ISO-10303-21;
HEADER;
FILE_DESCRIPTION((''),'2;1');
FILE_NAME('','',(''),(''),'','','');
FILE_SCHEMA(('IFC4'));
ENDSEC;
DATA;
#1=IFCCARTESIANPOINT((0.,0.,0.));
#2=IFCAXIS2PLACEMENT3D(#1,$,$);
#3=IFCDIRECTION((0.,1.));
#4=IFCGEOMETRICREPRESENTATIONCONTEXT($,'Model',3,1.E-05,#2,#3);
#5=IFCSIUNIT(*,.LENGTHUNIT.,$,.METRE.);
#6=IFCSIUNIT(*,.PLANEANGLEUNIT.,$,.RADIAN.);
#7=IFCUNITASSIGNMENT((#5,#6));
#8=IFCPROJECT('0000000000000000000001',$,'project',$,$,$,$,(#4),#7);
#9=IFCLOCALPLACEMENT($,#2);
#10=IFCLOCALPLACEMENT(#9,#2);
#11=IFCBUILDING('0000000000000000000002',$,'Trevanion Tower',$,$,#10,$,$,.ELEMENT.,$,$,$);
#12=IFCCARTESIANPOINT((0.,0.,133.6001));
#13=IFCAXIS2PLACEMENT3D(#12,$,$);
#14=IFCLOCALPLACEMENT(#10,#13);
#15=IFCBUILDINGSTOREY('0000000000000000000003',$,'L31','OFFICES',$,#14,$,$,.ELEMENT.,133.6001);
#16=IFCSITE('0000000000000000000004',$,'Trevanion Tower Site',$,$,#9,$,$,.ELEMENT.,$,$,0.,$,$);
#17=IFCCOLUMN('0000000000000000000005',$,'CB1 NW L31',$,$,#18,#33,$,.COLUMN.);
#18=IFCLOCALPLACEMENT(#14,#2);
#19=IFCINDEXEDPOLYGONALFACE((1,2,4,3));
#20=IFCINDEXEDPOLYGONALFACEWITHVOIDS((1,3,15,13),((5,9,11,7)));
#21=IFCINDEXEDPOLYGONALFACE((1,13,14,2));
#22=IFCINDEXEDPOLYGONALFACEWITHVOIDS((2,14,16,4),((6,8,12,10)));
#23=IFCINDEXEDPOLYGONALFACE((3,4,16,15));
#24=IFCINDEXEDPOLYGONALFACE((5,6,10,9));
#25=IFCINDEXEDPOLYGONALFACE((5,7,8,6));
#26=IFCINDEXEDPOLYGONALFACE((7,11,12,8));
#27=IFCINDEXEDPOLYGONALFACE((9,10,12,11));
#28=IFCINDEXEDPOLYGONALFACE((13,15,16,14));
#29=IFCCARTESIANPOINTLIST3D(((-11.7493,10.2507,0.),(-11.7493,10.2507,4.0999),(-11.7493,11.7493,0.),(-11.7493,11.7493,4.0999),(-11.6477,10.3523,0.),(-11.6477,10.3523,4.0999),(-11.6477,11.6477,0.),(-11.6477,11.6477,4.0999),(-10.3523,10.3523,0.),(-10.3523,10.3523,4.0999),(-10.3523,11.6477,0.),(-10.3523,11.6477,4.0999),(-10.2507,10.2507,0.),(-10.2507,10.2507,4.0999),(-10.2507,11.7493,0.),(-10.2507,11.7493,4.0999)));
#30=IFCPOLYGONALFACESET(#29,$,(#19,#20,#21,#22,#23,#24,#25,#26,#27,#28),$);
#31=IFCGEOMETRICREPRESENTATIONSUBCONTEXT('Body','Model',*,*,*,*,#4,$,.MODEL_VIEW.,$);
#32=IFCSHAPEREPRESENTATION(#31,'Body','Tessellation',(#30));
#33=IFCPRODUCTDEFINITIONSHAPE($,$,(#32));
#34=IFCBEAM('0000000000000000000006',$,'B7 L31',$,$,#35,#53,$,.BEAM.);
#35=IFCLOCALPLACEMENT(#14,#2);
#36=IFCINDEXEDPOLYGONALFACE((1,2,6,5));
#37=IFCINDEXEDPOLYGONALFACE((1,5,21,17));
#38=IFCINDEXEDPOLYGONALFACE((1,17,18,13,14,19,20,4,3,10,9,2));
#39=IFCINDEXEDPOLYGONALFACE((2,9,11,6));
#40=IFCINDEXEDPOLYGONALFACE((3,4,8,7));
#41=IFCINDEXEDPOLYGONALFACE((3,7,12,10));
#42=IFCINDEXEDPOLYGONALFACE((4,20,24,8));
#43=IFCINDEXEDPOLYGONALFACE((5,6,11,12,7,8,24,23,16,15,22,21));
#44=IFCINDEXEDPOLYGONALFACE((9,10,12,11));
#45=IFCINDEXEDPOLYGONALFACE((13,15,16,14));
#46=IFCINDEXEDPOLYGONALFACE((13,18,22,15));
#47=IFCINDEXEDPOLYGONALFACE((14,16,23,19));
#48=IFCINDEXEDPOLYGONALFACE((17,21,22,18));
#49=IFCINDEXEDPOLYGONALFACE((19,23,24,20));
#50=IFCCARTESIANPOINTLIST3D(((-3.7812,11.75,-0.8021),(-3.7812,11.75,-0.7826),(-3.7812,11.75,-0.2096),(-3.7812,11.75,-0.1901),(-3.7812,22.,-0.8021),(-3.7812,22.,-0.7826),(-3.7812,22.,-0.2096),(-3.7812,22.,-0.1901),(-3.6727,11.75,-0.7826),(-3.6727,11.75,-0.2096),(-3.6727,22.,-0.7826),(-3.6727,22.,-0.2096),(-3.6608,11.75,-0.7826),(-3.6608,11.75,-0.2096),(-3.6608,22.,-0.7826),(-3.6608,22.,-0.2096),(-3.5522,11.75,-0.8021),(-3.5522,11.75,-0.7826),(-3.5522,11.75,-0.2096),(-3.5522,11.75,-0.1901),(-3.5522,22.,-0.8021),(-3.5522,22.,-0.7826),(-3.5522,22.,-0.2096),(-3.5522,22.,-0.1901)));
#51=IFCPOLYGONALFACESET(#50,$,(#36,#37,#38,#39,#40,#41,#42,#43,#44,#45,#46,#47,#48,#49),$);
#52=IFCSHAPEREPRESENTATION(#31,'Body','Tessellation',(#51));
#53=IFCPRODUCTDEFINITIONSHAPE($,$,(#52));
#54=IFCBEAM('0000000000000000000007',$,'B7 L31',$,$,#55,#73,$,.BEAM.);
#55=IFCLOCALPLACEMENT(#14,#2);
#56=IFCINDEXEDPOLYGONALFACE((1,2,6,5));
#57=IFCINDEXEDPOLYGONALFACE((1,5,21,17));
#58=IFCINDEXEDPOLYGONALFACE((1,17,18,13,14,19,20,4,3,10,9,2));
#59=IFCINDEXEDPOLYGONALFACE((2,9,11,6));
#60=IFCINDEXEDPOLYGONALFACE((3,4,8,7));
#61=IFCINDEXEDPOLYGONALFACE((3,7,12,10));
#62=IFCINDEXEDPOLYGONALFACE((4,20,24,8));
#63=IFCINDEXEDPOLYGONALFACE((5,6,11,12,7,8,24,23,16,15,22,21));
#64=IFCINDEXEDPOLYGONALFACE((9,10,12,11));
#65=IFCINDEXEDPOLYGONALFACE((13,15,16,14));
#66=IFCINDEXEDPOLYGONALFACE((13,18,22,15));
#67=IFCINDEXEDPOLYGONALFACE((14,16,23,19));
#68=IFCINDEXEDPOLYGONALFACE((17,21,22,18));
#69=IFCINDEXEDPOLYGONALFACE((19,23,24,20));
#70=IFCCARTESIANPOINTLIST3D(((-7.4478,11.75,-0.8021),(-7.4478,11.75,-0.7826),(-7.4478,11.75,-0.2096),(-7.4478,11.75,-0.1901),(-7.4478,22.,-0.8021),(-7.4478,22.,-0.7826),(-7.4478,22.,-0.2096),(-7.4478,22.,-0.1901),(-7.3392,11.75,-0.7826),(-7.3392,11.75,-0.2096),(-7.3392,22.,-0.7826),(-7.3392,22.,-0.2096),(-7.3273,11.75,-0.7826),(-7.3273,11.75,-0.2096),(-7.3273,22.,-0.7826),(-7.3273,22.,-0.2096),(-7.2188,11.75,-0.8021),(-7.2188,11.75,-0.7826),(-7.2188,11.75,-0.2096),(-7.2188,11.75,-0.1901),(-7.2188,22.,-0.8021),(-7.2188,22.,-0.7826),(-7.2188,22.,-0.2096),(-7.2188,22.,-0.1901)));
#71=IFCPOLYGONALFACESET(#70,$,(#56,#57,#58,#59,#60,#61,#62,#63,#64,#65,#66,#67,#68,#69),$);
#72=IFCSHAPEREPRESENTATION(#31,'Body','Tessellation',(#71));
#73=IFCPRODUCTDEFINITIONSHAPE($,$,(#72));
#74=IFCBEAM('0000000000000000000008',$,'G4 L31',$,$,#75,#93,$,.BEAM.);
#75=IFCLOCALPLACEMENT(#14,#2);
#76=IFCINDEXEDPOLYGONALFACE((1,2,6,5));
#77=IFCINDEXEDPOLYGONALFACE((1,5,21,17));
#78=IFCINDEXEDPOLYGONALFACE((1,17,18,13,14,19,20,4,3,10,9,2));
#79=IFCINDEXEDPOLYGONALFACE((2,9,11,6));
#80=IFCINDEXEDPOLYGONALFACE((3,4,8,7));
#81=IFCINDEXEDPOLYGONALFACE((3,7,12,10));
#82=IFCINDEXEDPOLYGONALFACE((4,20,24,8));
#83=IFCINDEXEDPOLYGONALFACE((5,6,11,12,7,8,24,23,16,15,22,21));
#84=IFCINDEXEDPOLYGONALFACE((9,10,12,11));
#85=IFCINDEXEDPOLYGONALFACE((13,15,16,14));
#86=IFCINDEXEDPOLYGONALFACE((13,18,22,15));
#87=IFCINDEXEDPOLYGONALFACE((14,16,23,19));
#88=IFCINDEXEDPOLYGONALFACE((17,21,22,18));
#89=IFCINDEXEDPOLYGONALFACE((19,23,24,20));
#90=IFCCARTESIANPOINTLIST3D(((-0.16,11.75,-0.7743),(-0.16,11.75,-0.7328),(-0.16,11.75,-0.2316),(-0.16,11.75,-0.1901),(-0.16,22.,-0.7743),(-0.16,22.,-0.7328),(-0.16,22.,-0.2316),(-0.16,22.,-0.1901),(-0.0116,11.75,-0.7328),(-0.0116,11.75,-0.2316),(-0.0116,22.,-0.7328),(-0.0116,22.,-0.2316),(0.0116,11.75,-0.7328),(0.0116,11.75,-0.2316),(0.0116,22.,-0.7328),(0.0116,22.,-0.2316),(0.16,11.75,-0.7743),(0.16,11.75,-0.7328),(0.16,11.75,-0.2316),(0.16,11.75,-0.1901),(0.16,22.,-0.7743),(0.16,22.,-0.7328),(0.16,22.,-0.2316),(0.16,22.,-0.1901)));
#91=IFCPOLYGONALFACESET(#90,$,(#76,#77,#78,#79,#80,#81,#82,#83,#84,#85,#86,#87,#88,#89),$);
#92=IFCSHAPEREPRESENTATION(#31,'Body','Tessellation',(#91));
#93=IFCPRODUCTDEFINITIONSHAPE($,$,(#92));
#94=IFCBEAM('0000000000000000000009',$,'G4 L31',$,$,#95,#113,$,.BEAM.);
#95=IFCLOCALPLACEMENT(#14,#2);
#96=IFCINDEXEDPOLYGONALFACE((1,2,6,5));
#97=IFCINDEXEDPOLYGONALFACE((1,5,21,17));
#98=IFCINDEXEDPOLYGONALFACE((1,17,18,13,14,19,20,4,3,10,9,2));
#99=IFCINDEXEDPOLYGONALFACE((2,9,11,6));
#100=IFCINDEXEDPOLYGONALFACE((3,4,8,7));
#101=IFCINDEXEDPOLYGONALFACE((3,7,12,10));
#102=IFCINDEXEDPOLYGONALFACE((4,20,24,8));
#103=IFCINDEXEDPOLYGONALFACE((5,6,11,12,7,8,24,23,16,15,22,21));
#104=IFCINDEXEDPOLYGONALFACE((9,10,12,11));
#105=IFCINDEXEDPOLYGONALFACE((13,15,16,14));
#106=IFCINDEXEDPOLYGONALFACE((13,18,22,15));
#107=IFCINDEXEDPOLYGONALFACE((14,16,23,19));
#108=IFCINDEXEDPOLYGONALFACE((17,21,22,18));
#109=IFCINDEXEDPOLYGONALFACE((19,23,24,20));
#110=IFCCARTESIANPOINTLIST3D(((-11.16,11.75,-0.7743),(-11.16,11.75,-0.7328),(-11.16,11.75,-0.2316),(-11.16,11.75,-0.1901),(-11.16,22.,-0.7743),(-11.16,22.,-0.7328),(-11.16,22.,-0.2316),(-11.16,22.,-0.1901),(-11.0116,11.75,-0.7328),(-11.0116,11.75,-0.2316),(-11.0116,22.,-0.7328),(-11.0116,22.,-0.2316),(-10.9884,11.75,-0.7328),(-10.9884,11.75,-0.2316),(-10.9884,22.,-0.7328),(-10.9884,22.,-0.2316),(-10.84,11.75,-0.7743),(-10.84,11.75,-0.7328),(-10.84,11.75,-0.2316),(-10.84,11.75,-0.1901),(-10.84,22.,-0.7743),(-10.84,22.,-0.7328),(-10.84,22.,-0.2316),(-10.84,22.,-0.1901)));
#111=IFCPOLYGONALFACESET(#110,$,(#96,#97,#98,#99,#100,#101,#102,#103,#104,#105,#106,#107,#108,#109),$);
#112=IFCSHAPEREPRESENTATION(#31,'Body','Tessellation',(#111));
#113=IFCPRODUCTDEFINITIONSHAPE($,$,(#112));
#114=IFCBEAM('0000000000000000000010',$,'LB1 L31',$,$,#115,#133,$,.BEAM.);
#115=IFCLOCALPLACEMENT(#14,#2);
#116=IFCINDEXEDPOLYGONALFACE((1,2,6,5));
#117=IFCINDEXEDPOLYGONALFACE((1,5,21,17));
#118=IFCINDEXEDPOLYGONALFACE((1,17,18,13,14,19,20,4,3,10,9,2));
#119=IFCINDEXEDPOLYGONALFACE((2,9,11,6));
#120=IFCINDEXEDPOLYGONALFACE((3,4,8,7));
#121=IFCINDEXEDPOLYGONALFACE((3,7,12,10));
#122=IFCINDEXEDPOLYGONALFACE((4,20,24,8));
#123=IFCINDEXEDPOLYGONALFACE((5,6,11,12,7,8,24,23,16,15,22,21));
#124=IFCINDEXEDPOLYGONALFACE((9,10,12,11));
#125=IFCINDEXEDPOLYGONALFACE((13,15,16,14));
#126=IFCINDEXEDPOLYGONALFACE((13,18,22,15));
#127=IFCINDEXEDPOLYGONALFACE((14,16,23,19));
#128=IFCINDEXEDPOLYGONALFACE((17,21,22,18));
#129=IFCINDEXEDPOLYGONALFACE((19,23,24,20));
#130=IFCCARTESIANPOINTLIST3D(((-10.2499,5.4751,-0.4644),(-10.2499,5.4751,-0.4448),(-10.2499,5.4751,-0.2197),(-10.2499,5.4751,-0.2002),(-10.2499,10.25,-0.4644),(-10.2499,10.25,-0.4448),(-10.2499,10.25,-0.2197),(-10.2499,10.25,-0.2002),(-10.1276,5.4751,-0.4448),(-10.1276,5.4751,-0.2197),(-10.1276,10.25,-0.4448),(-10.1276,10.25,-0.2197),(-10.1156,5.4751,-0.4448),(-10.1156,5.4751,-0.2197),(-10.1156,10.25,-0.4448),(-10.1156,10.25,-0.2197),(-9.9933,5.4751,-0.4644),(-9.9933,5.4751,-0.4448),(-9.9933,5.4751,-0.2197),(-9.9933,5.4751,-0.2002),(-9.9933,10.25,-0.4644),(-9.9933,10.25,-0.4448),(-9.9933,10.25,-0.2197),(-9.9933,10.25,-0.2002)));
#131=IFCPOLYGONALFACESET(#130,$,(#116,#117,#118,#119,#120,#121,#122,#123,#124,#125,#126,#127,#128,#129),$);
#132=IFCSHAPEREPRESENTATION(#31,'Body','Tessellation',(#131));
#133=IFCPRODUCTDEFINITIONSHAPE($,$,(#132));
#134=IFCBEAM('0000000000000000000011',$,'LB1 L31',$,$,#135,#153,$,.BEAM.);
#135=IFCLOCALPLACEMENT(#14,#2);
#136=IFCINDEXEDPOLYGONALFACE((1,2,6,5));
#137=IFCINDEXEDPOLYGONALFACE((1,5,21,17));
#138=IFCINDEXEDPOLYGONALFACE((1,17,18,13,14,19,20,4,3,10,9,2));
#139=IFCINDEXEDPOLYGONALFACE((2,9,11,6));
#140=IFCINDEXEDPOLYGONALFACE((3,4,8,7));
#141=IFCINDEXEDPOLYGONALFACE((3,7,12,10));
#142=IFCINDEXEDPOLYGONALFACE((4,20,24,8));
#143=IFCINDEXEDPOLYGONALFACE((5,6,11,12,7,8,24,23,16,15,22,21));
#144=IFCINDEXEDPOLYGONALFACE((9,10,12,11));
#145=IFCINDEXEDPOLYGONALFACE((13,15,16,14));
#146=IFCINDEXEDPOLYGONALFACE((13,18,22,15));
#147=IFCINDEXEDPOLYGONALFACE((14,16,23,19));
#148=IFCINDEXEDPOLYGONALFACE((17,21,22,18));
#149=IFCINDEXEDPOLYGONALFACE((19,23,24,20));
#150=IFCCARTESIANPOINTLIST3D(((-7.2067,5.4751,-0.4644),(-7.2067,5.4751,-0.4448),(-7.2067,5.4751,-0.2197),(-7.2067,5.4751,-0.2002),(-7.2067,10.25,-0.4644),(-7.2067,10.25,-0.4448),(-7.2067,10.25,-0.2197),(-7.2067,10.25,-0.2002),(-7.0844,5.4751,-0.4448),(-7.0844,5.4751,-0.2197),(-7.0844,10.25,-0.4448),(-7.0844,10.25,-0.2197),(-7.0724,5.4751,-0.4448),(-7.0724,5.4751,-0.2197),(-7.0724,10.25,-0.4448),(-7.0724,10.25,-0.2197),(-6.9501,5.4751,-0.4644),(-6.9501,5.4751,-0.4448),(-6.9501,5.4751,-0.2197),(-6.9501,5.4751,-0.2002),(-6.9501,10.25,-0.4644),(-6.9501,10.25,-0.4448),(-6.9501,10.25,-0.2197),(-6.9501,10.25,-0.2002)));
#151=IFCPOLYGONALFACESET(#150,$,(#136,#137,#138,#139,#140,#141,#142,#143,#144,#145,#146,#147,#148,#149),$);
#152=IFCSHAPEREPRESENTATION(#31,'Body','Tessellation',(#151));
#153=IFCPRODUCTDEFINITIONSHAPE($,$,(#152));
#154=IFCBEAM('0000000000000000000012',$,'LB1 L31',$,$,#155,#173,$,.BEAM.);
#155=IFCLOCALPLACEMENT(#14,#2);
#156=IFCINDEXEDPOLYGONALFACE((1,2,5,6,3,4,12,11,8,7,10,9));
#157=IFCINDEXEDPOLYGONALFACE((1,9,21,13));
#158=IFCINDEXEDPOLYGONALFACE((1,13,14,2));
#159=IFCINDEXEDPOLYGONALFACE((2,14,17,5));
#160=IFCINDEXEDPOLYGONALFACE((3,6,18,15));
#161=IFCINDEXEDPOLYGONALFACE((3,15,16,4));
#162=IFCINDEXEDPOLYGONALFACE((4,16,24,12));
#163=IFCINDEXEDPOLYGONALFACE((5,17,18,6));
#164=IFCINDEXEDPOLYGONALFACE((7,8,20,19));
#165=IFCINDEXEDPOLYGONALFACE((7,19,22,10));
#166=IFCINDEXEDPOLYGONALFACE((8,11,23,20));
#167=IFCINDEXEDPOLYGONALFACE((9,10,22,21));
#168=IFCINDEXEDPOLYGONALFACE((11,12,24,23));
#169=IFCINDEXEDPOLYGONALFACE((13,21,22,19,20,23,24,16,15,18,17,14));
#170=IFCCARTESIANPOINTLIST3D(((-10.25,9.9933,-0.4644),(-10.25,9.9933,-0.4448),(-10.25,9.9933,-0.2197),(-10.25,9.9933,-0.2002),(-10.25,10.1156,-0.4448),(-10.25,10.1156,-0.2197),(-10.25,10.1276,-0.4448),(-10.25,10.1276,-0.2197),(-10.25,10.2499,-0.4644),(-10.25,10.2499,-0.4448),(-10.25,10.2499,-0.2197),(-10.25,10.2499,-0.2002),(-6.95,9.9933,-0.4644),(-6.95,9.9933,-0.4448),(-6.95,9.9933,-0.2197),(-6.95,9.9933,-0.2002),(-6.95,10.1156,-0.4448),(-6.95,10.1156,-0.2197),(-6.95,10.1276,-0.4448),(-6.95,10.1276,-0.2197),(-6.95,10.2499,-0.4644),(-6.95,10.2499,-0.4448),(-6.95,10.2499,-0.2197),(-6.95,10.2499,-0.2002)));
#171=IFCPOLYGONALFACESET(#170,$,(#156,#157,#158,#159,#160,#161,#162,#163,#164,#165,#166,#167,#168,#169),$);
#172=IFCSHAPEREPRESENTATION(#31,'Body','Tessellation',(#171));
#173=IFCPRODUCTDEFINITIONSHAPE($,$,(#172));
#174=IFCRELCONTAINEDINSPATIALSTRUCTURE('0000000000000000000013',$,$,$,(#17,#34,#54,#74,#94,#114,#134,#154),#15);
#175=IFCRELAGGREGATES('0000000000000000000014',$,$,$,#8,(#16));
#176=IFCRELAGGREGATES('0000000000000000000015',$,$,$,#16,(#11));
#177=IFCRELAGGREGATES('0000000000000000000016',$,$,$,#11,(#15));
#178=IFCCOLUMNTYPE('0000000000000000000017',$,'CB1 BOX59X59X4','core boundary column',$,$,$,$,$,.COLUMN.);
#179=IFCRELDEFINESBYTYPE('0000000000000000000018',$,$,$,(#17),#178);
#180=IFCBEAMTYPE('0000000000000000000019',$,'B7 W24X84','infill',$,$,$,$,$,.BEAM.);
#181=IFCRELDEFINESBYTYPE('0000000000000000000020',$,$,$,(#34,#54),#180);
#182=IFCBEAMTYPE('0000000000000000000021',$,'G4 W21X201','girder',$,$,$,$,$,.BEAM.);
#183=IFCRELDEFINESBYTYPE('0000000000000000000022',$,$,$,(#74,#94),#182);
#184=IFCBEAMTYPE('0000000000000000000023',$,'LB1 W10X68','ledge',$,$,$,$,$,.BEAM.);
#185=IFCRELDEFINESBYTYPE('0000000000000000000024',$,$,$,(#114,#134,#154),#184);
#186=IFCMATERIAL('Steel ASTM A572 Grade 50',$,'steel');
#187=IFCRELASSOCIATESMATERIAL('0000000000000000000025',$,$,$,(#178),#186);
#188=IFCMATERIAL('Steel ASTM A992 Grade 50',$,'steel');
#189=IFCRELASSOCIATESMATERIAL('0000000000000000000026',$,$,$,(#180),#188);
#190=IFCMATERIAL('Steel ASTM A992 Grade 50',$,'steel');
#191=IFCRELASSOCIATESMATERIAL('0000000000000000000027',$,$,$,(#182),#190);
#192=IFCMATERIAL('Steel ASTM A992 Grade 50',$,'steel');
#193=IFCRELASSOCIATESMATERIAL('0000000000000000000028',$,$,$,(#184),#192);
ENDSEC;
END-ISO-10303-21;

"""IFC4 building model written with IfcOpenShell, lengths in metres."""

from ifc_helpers import new_model, si_unit, direction, frame, origin, origin_2d, place, context, subcontext, project, spatial, hollow_rectangle, i_section, extrude, material, material_profile, profile_set, type_object, element, save


model = new_model("IFC4")

# Units and contexts
model_context = context("Model", 3, precision=1e-05, world=origin(), true_north=direction((0.0, 1.0)))
body_context = subcontext(model_context, "Body", "Model", "MODEL_VIEW")
ifc_project = project(units=[si_unit("LENGTHUNIT", "METRE"), si_unit("PLANEANGLEUNIT", "RADIAN")], contexts=[model_context])

# Site, building, storey
site_placement = place(None, origin())
site = spatial("IfcSite", under=ifc_project, at=site_placement, Name="Trevanion Tower Site", CompositionType="ELEMENT", RefElevation=0.0)
building_placement = place(site_placement, origin())
building = spatial("IfcBuilding", under=site, at=building_placement, Name="Trevanion Tower", CompositionType="ELEMENT")
storey_placement = place(building_placement, frame((0.0, 0.0, 133.6001)))
storey = spatial("IfcBuildingStorey", under=building, at=storey_placement, Name="L31", Description="OFFICES", CompositionType="ELEMENT", Elevation=133.6001)

# Column
ifc_material_1 = material(Name="Steel ASTM A572 Grade 50", Category="steel")
ifc_material_profile_1 = material_profile(ifc_material_1, hollow_rectangle(XDim=1.4985, YDim=1.4985, WallThickness=0.1016, at=origin_2d()), Name="BOX59X59X4")
ifc_profile_set_1 = profile_set([ifc_material_profile_1], Name="Steel ASTM A572 Grade 50")
column_type = type_object("IfcColumnType", Name="CB1 BOX59X59X4", Description="core boundary column", PredefinedType="COLUMN", material=ifc_profile_set_1)
column_placement = place(storey_placement, frame((-11.0, 11.0, 0.0), z_axis=(0.0, 0.0, 1.0), x_axis=(1.0, 0.0, 0.0)))
element("IfcColumn", 1, at=column_placement, inside=storey, type_object=column_type, Name="CB1 NW L31", PredefinedType="COLUMN", context=body_context, shape_type="SweptSolid", body=[
    extrude(hollow_rectangle(XDim=1.4985, YDim=1.4985, WallThickness=0.1016, at=origin_2d()), origin(), (0.0, 0.0, 1.0), 4.0999),
])

# Beams
ifc_material_2 = material(Name="Steel ASTM A992 Grade 50", Category="steel")
ifc_material_profile_2 = material_profile(ifc_material_2, i_section(OverallWidth=0.229, OverallDepth=0.6121, WebThickness=0.012, FlangeThickness=0.0195, at=origin_2d()), Name="W24X84")
ifc_profile_set_2 = profile_set([ifc_material_profile_2], Name="Steel ASTM A992 Grade 50")
beam_type_1 = type_object("IfcBeamType", Name="B7 W24X84", Description="infill", PredefinedType="BEAM", material=ifc_profile_set_2)
for number, where, z_axis, x_axis, name in (
    (2, (-3.6667, 11.75, -0.4961), (0.0, 1.0, 0.0), (-1.0, 0.0, 0.0), "B7 L31"),
    (3, (-7.3333, 11.75, -0.4961), (0.0, 1.0, 0.0), (-1.0, 0.0, 0.0), "B7 L31"),
):
    element("IfcBeam", number, at=place(storey_placement, frame(where, z_axis=z_axis, x_axis=x_axis)), inside=storey, type_object=beam_type_1, Name=name, PredefinedType="BEAM", context=body_context, shape_type="SweptSolid", body=[
        extrude(i_section(OverallWidth=0.229, OverallDepth=0.6121, WebThickness=0.012, FlangeThickness=0.0195, at=origin_2d()), origin(), (0.0, 0.0, 1.0), 10.25),
    ])
ifc_material_3 = material(Name="Steel ASTM A992 Grade 50", Category="steel")
ifc_material_profile_3 = material_profile(ifc_material_3, i_section(OverallWidth=0.3201, OverallDepth=0.5842, WebThickness=0.0232, FlangeThickness=0.0415, at=origin_2d()), Name="W21X201")
ifc_profile_set_3 = profile_set([ifc_material_profile_3], Name="Steel ASTM A992 Grade 50")
beam_type_2 = type_object("IfcBeamType", Name="G4 W21X201", Description="girder", PredefinedType="BEAM", material=ifc_profile_set_3)
for number, where, z_axis, x_axis, name in (
    (4, (0.0, 11.75, -0.4822), (0.0, 1.0, 0.0), (-1.0, 0.0, 0.0), "G4 L31"),
    (5, (-11.0, 11.75, -0.4822), (0.0, 1.0, 0.0), (-1.0, 0.0, 0.0), "G4 L31"),
):
    element("IfcBeam", number, at=place(storey_placement, frame(where, z_axis=z_axis, x_axis=x_axis)), inside=storey, type_object=beam_type_2, Name=name, PredefinedType="BEAM", context=body_context, shape_type="SweptSolid", body=[
        extrude(i_section(OverallWidth=0.3201, OverallDepth=0.5842, WebThickness=0.0232, FlangeThickness=0.0415, at=origin_2d()), origin(), (0.0, 0.0, 1.0), 10.25),
    ])
ifc_material_4 = material(Name="Steel ASTM A992 Grade 50", Category="steel")
ifc_material_profile_4 = material_profile(ifc_material_4, i_section(OverallWidth=0.2566, OverallDepth=0.2642, WebThickness=0.012, FlangeThickness=0.0195, at=origin_2d()), Name="W10X68")
ifc_profile_set_4 = profile_set([ifc_material_profile_4], Name="Steel ASTM A992 Grade 50")
beam_type_3 = type_object("IfcBeamType", Name="LB1 W10X68", Description="ledge", PredefinedType="BEAM", material=ifc_profile_set_4)
for number, where, z_axis, x_axis, name in (
    (6, (-10.1216, 5.4751, -0.3323), (0.0, 1.0, 0.0), (-1.0, 0.0, 0.0), "LB1 L31"),
    (7, (-7.0784, 5.4751, -0.3323), (0.0, 1.0, 0.0), (-1.0, 0.0, 0.0), "LB1 L31"),
):
    element("IfcBeam", number, at=place(storey_placement, frame(where, z_axis=z_axis, x_axis=x_axis)), inside=storey, type_object=beam_type_3, Name=name, PredefinedType="BEAM", context=body_context, shape_type="SweptSolid", body=[
        extrude(i_section(OverallWidth=0.2566, OverallDepth=0.2642, WebThickness=0.012, FlangeThickness=0.0195, at=origin_2d()), origin(), (0.0, 0.0, 1.0), 4.7749),
    ])
beam_1_placement = place(storey_placement, frame((-10.25, 10.1216, -0.3323), z_axis=(1.0, 0.0, 0.0), x_axis=(0.0, 1.0, 0.0)))
element("IfcBeam", 8, at=beam_1_placement, inside=storey, type_object=beam_type_3, Name="LB1 L31", PredefinedType="BEAM", context=body_context, shape_type="SweptSolid", body=[
    extrude(i_section(OverallWidth=0.2566, OverallDepth=0.2642, WebThickness=0.012, FlangeThickness=0.0195, at=origin_2d()), origin(), (0.0, 0.0, 1.0), 3.3),
])

save(model, "model.ifc")
